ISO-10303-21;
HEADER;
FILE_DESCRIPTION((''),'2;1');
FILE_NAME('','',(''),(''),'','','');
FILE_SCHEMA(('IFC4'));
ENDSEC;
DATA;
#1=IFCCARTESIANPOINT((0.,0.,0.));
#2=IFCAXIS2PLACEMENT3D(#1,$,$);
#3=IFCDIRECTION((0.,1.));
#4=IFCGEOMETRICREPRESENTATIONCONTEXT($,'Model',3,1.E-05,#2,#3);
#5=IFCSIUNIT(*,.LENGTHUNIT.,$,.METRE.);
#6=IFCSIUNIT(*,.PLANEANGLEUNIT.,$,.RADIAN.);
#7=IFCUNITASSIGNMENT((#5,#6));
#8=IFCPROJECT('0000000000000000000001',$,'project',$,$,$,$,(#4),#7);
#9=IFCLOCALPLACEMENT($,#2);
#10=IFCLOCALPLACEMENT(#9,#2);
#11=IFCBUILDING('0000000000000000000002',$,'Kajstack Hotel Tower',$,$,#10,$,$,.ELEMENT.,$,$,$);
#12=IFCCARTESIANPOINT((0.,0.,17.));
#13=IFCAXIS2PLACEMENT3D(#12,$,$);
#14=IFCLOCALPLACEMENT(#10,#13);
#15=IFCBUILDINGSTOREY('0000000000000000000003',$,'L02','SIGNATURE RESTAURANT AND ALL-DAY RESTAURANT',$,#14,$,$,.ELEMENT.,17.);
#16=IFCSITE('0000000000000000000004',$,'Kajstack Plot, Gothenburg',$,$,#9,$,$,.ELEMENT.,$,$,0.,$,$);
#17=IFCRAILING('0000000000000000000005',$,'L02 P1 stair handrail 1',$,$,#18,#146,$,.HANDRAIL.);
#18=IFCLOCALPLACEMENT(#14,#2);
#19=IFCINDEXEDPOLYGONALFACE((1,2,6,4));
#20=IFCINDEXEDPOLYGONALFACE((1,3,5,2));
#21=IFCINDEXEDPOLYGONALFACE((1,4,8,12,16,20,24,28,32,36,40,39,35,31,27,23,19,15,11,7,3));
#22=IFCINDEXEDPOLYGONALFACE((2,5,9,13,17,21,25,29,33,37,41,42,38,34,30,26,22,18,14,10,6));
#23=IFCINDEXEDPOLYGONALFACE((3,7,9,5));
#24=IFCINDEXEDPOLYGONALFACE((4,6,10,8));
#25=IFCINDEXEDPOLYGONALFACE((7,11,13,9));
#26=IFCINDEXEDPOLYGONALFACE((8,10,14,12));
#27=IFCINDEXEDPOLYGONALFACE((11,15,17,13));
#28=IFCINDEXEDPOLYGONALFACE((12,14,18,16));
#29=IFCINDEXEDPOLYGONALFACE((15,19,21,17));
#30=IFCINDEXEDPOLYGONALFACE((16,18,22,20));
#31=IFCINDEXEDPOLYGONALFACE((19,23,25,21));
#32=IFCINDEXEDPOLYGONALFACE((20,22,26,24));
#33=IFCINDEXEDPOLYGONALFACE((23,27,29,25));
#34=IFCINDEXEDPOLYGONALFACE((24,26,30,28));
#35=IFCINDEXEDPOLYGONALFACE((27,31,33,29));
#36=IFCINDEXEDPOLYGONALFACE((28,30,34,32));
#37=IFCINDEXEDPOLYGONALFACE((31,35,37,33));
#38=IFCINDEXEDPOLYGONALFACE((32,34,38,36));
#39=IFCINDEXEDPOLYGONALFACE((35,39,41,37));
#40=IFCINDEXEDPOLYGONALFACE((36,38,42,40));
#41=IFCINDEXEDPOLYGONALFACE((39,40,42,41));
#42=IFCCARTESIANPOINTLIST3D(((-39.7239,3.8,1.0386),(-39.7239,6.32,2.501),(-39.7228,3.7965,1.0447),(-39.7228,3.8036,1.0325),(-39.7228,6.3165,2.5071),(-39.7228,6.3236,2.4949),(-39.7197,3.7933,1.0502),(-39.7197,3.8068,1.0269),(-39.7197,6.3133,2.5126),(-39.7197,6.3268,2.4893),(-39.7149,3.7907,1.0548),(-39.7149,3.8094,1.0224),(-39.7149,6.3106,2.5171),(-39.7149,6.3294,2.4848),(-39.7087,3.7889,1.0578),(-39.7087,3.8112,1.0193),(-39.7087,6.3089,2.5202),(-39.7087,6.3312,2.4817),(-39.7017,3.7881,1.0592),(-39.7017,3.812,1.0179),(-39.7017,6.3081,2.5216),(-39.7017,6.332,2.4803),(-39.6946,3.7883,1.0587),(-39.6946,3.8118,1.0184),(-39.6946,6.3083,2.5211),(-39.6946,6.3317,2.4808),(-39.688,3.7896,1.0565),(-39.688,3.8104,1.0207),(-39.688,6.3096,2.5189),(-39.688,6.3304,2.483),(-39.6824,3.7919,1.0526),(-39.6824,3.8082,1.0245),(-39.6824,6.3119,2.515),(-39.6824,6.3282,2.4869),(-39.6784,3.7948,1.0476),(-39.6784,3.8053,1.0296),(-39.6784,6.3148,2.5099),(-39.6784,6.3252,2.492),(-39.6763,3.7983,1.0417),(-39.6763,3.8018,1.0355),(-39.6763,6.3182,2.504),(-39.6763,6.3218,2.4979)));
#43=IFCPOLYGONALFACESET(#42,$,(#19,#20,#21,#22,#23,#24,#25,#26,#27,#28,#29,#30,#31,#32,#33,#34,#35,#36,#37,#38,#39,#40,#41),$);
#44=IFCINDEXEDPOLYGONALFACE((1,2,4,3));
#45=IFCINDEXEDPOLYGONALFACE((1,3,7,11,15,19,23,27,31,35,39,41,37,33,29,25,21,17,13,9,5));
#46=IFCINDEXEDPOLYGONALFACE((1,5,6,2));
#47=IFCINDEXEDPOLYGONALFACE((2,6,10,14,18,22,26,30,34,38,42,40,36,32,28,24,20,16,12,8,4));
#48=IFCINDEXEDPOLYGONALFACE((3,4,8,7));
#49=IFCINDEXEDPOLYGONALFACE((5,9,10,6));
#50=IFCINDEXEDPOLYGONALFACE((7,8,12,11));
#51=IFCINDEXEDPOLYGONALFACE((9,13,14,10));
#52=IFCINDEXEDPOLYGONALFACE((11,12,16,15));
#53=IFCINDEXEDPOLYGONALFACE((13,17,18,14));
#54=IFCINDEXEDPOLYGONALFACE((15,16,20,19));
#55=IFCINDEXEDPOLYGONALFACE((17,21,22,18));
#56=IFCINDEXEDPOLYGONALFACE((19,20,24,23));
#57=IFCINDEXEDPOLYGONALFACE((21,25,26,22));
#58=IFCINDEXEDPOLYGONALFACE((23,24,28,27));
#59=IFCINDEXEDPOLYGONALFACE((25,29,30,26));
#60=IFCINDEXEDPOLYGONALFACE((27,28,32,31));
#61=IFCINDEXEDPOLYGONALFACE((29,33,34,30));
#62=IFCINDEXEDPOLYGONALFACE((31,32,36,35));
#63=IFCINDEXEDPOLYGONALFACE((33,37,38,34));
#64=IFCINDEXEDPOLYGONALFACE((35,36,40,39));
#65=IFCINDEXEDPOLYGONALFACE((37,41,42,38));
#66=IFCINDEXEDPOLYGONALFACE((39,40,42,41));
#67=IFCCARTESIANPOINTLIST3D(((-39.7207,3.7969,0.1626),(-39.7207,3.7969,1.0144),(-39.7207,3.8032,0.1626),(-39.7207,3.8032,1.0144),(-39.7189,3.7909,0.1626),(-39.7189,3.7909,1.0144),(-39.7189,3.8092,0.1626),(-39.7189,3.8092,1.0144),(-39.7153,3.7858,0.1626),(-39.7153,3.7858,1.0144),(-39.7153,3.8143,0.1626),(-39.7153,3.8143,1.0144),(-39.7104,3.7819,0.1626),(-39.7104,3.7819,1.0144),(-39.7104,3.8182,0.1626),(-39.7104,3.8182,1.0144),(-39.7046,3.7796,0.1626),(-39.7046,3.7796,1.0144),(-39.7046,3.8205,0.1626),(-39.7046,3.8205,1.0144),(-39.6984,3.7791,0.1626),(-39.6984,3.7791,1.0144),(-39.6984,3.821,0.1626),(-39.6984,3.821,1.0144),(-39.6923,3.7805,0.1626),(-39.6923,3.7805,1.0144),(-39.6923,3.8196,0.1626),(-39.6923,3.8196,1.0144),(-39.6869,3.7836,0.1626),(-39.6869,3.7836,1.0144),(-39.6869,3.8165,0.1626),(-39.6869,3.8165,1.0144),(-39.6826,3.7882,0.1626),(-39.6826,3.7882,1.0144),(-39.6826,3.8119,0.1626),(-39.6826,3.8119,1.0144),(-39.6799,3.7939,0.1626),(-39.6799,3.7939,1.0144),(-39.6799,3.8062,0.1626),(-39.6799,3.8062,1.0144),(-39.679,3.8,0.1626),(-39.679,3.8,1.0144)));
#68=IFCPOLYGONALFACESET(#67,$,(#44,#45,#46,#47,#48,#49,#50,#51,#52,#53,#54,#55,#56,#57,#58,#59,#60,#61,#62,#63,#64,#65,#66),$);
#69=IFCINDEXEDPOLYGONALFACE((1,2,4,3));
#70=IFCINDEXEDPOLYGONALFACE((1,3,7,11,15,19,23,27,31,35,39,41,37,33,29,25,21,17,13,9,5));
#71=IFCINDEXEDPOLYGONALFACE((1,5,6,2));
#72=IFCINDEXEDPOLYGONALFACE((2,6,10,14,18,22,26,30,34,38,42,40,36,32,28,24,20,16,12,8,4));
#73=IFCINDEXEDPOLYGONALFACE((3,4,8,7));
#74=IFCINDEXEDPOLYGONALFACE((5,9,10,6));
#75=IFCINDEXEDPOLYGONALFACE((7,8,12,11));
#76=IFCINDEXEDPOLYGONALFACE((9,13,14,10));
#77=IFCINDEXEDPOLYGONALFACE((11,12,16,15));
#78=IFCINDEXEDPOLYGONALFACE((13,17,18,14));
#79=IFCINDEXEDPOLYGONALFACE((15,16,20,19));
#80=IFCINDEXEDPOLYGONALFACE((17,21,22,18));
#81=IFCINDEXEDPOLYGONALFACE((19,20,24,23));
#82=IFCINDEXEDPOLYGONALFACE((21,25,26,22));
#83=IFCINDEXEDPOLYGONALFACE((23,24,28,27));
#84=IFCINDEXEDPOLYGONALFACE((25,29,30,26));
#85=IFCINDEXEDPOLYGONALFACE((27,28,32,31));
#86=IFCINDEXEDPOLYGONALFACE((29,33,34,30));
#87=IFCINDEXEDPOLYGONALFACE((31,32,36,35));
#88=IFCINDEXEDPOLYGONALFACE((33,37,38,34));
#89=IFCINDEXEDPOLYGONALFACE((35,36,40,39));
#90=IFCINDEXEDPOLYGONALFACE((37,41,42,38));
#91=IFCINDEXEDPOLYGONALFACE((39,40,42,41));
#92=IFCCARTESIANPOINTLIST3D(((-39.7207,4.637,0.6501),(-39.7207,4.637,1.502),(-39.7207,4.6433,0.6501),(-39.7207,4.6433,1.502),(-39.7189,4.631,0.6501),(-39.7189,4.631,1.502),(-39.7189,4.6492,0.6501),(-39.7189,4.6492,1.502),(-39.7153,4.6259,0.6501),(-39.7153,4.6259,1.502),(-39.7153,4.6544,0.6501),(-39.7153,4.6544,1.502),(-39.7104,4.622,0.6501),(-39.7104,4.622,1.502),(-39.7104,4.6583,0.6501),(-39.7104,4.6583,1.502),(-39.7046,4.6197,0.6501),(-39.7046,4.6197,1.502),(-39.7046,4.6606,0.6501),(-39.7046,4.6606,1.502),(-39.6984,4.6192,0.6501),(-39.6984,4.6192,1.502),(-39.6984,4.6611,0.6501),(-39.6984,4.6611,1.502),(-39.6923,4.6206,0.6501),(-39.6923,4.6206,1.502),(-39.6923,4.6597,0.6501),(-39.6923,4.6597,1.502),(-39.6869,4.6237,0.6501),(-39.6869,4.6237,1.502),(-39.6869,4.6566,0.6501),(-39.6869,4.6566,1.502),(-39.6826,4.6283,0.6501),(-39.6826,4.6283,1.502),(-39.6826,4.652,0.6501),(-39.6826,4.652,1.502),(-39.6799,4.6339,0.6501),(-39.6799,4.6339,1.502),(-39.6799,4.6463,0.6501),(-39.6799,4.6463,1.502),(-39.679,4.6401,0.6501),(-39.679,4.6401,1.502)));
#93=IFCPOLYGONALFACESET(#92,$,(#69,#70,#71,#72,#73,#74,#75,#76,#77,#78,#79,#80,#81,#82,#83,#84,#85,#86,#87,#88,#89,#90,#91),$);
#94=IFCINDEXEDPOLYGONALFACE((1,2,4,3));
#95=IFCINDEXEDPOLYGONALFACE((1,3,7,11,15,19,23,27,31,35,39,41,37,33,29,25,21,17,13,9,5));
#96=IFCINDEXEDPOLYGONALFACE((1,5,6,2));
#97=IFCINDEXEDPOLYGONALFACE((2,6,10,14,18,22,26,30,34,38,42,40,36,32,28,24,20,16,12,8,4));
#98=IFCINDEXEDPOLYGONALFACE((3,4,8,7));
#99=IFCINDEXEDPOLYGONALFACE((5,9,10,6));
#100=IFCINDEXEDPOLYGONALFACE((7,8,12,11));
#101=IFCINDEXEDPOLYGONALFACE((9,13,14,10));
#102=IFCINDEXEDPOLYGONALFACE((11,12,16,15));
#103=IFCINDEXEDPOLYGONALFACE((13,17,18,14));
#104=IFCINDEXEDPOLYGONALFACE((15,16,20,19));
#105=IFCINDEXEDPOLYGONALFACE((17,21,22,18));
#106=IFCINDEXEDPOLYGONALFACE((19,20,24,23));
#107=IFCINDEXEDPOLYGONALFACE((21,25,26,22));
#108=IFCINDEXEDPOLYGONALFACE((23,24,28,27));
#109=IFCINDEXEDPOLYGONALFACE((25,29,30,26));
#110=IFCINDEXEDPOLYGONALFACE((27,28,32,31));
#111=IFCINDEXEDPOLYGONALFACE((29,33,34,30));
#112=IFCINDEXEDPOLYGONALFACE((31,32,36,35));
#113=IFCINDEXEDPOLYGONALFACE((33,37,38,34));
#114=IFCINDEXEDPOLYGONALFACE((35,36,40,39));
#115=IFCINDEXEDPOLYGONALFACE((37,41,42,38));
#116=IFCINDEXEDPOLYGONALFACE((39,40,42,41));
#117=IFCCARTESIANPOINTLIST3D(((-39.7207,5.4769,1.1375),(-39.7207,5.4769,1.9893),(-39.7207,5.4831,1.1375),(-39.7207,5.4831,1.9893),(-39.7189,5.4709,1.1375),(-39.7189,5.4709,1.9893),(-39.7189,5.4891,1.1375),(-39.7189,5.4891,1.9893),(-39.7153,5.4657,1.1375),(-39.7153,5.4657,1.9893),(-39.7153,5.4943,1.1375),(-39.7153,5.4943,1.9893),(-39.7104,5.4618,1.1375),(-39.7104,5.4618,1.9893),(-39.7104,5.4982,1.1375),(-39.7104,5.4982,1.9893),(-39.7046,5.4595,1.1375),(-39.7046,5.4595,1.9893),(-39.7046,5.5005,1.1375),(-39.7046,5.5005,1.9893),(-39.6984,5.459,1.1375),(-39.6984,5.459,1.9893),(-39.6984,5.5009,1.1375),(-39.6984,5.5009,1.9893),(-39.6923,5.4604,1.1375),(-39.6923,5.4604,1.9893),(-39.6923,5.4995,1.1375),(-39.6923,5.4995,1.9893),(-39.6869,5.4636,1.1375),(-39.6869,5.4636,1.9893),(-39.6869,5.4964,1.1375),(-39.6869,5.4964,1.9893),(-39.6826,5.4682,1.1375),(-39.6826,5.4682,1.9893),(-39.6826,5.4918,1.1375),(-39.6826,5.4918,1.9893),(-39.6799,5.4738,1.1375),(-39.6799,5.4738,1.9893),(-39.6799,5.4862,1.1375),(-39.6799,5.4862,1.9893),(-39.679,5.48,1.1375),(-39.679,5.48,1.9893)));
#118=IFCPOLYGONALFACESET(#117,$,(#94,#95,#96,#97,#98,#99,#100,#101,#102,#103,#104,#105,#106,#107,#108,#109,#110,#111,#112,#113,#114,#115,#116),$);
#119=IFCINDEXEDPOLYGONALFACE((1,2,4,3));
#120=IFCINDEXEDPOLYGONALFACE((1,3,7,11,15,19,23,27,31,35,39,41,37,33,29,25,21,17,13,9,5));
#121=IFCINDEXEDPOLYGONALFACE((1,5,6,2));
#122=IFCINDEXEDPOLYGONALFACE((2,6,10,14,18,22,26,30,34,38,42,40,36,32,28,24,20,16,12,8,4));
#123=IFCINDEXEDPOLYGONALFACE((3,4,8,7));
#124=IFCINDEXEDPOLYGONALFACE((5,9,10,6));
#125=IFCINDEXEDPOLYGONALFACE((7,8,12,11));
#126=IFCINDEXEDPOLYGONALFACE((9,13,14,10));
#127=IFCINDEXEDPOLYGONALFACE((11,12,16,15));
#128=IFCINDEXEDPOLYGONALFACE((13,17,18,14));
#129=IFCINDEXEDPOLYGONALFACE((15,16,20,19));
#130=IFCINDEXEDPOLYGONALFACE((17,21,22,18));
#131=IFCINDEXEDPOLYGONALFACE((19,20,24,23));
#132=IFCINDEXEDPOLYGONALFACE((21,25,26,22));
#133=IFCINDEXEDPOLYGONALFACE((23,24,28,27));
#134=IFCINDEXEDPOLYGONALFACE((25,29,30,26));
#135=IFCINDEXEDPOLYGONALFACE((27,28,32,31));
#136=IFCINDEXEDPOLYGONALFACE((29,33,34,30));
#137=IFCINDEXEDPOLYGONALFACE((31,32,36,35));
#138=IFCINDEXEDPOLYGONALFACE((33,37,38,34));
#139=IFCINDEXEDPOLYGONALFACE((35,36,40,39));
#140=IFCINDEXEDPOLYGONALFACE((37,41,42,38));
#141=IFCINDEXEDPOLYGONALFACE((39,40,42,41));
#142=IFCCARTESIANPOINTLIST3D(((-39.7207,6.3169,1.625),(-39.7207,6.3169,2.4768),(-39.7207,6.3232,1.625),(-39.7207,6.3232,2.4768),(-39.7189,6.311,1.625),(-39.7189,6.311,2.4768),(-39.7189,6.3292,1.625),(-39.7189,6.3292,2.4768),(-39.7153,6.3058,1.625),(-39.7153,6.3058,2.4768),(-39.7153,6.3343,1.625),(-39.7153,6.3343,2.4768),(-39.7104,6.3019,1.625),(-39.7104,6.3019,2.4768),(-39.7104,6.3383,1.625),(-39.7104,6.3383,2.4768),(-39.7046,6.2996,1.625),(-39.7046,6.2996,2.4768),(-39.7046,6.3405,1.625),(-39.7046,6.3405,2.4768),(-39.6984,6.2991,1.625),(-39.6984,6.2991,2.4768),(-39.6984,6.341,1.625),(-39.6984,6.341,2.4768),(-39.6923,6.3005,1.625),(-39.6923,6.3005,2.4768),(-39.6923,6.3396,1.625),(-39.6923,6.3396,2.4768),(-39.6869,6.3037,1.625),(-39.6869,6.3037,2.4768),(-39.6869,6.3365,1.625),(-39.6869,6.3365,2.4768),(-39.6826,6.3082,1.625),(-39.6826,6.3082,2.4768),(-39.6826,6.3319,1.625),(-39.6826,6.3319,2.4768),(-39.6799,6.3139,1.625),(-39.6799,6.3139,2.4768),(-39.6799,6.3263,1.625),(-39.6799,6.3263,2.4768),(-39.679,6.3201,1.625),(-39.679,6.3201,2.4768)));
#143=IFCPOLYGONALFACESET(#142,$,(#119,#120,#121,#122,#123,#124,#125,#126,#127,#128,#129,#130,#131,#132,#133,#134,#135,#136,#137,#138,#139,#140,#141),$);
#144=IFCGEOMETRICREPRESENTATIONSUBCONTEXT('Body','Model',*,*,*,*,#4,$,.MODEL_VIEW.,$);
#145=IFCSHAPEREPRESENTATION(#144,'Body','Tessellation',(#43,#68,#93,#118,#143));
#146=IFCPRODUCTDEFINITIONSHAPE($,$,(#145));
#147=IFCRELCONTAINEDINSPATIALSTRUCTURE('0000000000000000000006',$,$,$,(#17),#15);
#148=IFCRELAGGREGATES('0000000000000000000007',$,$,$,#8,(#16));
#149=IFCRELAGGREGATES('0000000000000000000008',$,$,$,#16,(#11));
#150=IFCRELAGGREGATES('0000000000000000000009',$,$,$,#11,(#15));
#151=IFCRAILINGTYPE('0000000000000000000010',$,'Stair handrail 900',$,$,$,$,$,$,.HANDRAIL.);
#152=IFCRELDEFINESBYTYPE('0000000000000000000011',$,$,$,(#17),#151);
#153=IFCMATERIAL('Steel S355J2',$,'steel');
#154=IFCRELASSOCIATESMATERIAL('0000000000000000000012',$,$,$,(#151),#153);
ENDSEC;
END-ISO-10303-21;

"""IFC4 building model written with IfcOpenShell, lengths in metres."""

from ifc_helpers import new_model, si_unit, direction, frame, origin, origin_2d, place, context, subcontext, project, spatial, circle, extrude, material, type_object, element, save


model = new_model("IFC4")

# Units and contexts
model_context = context("Model", 3, precision=1e-05, world=origin(), true_north=direction((0.0, 1.0)))
body_context = subcontext(model_context, "Body", "Model", "MODEL_VIEW")
ifc_project = project(units=[si_unit("LENGTHUNIT", "METRE"), si_unit("PLANEANGLEUNIT", "RADIAN")], contexts=[model_context])

# Site, building, storey
site_placement = place(None, origin())
site = spatial("IfcSite", under=ifc_project, at=site_placement, Name="Kajstack Plot, Gothenburg", CompositionType="ELEMENT", RefElevation=0.0)
building_placement = place(site_placement, origin())
building = spatial("IfcBuilding", under=site, at=building_placement, Name="Kajstack Hotel Tower", CompositionType="ELEMENT")
storey_placement = place(building_placement, frame((0.0, 0.0, 17.0)))
storey = spatial("IfcBuildingStorey", under=building, at=storey_placement, Name="L02", Description="SIGNATURE RESTAURANT AND ALL-DAY RESTAURANT", CompositionType="ELEMENT", Elevation=17.0)

# Railing
ifc_material_1 = material(Name="Steel S355J2", Category="steel")
railing_type_1 = type_object("IfcRailingType", Name="Stair handrail 900", PredefinedType="HANDRAIL", material=ifc_material_1)
railing_1_placement = place(storey_placement, frame((-39.7, 3.8, 0.1626)))
element("IfcRailing", 1, at=railing_1_placement, inside=storey, type_object=railing_type_1, Name="L02 P1 stair handrail 1", PredefinedType="HANDRAIL", context=body_context, shape_type="SweptSolid", body=[
    extrude(circle(Radius=0.0239, at=origin_2d()), frame((0.0, 0.0, 0.876), z_axis=(0.0, 0.864913, 0.501921), x_axis=(-1.0, 0.0, 0.0)), (0.0, 0.0, 1.0), 2.9136),
    extrude(circle(Radius=0.021, at=origin_2d()), origin(), (0.0, 0.0, 1.0), 0.8518),
    extrude(circle(Radius=0.021, at=origin_2d()), frame((0.0, 0.8401, 0.4875)), (0.0, 0.0, 1.0), 0.8518),
    extrude(circle(Radius=0.021, at=origin_2d()), frame((0.0, 1.6799, 0.9749)), (0.0, 0.0, 1.0), 0.8518),
    extrude(circle(Radius=0.021, at=origin_2d()), frame((0.0, 2.52, 1.4624)), (0.0, 0.0, 1.0), 0.8518),
])

save(model, "model.ifc")
